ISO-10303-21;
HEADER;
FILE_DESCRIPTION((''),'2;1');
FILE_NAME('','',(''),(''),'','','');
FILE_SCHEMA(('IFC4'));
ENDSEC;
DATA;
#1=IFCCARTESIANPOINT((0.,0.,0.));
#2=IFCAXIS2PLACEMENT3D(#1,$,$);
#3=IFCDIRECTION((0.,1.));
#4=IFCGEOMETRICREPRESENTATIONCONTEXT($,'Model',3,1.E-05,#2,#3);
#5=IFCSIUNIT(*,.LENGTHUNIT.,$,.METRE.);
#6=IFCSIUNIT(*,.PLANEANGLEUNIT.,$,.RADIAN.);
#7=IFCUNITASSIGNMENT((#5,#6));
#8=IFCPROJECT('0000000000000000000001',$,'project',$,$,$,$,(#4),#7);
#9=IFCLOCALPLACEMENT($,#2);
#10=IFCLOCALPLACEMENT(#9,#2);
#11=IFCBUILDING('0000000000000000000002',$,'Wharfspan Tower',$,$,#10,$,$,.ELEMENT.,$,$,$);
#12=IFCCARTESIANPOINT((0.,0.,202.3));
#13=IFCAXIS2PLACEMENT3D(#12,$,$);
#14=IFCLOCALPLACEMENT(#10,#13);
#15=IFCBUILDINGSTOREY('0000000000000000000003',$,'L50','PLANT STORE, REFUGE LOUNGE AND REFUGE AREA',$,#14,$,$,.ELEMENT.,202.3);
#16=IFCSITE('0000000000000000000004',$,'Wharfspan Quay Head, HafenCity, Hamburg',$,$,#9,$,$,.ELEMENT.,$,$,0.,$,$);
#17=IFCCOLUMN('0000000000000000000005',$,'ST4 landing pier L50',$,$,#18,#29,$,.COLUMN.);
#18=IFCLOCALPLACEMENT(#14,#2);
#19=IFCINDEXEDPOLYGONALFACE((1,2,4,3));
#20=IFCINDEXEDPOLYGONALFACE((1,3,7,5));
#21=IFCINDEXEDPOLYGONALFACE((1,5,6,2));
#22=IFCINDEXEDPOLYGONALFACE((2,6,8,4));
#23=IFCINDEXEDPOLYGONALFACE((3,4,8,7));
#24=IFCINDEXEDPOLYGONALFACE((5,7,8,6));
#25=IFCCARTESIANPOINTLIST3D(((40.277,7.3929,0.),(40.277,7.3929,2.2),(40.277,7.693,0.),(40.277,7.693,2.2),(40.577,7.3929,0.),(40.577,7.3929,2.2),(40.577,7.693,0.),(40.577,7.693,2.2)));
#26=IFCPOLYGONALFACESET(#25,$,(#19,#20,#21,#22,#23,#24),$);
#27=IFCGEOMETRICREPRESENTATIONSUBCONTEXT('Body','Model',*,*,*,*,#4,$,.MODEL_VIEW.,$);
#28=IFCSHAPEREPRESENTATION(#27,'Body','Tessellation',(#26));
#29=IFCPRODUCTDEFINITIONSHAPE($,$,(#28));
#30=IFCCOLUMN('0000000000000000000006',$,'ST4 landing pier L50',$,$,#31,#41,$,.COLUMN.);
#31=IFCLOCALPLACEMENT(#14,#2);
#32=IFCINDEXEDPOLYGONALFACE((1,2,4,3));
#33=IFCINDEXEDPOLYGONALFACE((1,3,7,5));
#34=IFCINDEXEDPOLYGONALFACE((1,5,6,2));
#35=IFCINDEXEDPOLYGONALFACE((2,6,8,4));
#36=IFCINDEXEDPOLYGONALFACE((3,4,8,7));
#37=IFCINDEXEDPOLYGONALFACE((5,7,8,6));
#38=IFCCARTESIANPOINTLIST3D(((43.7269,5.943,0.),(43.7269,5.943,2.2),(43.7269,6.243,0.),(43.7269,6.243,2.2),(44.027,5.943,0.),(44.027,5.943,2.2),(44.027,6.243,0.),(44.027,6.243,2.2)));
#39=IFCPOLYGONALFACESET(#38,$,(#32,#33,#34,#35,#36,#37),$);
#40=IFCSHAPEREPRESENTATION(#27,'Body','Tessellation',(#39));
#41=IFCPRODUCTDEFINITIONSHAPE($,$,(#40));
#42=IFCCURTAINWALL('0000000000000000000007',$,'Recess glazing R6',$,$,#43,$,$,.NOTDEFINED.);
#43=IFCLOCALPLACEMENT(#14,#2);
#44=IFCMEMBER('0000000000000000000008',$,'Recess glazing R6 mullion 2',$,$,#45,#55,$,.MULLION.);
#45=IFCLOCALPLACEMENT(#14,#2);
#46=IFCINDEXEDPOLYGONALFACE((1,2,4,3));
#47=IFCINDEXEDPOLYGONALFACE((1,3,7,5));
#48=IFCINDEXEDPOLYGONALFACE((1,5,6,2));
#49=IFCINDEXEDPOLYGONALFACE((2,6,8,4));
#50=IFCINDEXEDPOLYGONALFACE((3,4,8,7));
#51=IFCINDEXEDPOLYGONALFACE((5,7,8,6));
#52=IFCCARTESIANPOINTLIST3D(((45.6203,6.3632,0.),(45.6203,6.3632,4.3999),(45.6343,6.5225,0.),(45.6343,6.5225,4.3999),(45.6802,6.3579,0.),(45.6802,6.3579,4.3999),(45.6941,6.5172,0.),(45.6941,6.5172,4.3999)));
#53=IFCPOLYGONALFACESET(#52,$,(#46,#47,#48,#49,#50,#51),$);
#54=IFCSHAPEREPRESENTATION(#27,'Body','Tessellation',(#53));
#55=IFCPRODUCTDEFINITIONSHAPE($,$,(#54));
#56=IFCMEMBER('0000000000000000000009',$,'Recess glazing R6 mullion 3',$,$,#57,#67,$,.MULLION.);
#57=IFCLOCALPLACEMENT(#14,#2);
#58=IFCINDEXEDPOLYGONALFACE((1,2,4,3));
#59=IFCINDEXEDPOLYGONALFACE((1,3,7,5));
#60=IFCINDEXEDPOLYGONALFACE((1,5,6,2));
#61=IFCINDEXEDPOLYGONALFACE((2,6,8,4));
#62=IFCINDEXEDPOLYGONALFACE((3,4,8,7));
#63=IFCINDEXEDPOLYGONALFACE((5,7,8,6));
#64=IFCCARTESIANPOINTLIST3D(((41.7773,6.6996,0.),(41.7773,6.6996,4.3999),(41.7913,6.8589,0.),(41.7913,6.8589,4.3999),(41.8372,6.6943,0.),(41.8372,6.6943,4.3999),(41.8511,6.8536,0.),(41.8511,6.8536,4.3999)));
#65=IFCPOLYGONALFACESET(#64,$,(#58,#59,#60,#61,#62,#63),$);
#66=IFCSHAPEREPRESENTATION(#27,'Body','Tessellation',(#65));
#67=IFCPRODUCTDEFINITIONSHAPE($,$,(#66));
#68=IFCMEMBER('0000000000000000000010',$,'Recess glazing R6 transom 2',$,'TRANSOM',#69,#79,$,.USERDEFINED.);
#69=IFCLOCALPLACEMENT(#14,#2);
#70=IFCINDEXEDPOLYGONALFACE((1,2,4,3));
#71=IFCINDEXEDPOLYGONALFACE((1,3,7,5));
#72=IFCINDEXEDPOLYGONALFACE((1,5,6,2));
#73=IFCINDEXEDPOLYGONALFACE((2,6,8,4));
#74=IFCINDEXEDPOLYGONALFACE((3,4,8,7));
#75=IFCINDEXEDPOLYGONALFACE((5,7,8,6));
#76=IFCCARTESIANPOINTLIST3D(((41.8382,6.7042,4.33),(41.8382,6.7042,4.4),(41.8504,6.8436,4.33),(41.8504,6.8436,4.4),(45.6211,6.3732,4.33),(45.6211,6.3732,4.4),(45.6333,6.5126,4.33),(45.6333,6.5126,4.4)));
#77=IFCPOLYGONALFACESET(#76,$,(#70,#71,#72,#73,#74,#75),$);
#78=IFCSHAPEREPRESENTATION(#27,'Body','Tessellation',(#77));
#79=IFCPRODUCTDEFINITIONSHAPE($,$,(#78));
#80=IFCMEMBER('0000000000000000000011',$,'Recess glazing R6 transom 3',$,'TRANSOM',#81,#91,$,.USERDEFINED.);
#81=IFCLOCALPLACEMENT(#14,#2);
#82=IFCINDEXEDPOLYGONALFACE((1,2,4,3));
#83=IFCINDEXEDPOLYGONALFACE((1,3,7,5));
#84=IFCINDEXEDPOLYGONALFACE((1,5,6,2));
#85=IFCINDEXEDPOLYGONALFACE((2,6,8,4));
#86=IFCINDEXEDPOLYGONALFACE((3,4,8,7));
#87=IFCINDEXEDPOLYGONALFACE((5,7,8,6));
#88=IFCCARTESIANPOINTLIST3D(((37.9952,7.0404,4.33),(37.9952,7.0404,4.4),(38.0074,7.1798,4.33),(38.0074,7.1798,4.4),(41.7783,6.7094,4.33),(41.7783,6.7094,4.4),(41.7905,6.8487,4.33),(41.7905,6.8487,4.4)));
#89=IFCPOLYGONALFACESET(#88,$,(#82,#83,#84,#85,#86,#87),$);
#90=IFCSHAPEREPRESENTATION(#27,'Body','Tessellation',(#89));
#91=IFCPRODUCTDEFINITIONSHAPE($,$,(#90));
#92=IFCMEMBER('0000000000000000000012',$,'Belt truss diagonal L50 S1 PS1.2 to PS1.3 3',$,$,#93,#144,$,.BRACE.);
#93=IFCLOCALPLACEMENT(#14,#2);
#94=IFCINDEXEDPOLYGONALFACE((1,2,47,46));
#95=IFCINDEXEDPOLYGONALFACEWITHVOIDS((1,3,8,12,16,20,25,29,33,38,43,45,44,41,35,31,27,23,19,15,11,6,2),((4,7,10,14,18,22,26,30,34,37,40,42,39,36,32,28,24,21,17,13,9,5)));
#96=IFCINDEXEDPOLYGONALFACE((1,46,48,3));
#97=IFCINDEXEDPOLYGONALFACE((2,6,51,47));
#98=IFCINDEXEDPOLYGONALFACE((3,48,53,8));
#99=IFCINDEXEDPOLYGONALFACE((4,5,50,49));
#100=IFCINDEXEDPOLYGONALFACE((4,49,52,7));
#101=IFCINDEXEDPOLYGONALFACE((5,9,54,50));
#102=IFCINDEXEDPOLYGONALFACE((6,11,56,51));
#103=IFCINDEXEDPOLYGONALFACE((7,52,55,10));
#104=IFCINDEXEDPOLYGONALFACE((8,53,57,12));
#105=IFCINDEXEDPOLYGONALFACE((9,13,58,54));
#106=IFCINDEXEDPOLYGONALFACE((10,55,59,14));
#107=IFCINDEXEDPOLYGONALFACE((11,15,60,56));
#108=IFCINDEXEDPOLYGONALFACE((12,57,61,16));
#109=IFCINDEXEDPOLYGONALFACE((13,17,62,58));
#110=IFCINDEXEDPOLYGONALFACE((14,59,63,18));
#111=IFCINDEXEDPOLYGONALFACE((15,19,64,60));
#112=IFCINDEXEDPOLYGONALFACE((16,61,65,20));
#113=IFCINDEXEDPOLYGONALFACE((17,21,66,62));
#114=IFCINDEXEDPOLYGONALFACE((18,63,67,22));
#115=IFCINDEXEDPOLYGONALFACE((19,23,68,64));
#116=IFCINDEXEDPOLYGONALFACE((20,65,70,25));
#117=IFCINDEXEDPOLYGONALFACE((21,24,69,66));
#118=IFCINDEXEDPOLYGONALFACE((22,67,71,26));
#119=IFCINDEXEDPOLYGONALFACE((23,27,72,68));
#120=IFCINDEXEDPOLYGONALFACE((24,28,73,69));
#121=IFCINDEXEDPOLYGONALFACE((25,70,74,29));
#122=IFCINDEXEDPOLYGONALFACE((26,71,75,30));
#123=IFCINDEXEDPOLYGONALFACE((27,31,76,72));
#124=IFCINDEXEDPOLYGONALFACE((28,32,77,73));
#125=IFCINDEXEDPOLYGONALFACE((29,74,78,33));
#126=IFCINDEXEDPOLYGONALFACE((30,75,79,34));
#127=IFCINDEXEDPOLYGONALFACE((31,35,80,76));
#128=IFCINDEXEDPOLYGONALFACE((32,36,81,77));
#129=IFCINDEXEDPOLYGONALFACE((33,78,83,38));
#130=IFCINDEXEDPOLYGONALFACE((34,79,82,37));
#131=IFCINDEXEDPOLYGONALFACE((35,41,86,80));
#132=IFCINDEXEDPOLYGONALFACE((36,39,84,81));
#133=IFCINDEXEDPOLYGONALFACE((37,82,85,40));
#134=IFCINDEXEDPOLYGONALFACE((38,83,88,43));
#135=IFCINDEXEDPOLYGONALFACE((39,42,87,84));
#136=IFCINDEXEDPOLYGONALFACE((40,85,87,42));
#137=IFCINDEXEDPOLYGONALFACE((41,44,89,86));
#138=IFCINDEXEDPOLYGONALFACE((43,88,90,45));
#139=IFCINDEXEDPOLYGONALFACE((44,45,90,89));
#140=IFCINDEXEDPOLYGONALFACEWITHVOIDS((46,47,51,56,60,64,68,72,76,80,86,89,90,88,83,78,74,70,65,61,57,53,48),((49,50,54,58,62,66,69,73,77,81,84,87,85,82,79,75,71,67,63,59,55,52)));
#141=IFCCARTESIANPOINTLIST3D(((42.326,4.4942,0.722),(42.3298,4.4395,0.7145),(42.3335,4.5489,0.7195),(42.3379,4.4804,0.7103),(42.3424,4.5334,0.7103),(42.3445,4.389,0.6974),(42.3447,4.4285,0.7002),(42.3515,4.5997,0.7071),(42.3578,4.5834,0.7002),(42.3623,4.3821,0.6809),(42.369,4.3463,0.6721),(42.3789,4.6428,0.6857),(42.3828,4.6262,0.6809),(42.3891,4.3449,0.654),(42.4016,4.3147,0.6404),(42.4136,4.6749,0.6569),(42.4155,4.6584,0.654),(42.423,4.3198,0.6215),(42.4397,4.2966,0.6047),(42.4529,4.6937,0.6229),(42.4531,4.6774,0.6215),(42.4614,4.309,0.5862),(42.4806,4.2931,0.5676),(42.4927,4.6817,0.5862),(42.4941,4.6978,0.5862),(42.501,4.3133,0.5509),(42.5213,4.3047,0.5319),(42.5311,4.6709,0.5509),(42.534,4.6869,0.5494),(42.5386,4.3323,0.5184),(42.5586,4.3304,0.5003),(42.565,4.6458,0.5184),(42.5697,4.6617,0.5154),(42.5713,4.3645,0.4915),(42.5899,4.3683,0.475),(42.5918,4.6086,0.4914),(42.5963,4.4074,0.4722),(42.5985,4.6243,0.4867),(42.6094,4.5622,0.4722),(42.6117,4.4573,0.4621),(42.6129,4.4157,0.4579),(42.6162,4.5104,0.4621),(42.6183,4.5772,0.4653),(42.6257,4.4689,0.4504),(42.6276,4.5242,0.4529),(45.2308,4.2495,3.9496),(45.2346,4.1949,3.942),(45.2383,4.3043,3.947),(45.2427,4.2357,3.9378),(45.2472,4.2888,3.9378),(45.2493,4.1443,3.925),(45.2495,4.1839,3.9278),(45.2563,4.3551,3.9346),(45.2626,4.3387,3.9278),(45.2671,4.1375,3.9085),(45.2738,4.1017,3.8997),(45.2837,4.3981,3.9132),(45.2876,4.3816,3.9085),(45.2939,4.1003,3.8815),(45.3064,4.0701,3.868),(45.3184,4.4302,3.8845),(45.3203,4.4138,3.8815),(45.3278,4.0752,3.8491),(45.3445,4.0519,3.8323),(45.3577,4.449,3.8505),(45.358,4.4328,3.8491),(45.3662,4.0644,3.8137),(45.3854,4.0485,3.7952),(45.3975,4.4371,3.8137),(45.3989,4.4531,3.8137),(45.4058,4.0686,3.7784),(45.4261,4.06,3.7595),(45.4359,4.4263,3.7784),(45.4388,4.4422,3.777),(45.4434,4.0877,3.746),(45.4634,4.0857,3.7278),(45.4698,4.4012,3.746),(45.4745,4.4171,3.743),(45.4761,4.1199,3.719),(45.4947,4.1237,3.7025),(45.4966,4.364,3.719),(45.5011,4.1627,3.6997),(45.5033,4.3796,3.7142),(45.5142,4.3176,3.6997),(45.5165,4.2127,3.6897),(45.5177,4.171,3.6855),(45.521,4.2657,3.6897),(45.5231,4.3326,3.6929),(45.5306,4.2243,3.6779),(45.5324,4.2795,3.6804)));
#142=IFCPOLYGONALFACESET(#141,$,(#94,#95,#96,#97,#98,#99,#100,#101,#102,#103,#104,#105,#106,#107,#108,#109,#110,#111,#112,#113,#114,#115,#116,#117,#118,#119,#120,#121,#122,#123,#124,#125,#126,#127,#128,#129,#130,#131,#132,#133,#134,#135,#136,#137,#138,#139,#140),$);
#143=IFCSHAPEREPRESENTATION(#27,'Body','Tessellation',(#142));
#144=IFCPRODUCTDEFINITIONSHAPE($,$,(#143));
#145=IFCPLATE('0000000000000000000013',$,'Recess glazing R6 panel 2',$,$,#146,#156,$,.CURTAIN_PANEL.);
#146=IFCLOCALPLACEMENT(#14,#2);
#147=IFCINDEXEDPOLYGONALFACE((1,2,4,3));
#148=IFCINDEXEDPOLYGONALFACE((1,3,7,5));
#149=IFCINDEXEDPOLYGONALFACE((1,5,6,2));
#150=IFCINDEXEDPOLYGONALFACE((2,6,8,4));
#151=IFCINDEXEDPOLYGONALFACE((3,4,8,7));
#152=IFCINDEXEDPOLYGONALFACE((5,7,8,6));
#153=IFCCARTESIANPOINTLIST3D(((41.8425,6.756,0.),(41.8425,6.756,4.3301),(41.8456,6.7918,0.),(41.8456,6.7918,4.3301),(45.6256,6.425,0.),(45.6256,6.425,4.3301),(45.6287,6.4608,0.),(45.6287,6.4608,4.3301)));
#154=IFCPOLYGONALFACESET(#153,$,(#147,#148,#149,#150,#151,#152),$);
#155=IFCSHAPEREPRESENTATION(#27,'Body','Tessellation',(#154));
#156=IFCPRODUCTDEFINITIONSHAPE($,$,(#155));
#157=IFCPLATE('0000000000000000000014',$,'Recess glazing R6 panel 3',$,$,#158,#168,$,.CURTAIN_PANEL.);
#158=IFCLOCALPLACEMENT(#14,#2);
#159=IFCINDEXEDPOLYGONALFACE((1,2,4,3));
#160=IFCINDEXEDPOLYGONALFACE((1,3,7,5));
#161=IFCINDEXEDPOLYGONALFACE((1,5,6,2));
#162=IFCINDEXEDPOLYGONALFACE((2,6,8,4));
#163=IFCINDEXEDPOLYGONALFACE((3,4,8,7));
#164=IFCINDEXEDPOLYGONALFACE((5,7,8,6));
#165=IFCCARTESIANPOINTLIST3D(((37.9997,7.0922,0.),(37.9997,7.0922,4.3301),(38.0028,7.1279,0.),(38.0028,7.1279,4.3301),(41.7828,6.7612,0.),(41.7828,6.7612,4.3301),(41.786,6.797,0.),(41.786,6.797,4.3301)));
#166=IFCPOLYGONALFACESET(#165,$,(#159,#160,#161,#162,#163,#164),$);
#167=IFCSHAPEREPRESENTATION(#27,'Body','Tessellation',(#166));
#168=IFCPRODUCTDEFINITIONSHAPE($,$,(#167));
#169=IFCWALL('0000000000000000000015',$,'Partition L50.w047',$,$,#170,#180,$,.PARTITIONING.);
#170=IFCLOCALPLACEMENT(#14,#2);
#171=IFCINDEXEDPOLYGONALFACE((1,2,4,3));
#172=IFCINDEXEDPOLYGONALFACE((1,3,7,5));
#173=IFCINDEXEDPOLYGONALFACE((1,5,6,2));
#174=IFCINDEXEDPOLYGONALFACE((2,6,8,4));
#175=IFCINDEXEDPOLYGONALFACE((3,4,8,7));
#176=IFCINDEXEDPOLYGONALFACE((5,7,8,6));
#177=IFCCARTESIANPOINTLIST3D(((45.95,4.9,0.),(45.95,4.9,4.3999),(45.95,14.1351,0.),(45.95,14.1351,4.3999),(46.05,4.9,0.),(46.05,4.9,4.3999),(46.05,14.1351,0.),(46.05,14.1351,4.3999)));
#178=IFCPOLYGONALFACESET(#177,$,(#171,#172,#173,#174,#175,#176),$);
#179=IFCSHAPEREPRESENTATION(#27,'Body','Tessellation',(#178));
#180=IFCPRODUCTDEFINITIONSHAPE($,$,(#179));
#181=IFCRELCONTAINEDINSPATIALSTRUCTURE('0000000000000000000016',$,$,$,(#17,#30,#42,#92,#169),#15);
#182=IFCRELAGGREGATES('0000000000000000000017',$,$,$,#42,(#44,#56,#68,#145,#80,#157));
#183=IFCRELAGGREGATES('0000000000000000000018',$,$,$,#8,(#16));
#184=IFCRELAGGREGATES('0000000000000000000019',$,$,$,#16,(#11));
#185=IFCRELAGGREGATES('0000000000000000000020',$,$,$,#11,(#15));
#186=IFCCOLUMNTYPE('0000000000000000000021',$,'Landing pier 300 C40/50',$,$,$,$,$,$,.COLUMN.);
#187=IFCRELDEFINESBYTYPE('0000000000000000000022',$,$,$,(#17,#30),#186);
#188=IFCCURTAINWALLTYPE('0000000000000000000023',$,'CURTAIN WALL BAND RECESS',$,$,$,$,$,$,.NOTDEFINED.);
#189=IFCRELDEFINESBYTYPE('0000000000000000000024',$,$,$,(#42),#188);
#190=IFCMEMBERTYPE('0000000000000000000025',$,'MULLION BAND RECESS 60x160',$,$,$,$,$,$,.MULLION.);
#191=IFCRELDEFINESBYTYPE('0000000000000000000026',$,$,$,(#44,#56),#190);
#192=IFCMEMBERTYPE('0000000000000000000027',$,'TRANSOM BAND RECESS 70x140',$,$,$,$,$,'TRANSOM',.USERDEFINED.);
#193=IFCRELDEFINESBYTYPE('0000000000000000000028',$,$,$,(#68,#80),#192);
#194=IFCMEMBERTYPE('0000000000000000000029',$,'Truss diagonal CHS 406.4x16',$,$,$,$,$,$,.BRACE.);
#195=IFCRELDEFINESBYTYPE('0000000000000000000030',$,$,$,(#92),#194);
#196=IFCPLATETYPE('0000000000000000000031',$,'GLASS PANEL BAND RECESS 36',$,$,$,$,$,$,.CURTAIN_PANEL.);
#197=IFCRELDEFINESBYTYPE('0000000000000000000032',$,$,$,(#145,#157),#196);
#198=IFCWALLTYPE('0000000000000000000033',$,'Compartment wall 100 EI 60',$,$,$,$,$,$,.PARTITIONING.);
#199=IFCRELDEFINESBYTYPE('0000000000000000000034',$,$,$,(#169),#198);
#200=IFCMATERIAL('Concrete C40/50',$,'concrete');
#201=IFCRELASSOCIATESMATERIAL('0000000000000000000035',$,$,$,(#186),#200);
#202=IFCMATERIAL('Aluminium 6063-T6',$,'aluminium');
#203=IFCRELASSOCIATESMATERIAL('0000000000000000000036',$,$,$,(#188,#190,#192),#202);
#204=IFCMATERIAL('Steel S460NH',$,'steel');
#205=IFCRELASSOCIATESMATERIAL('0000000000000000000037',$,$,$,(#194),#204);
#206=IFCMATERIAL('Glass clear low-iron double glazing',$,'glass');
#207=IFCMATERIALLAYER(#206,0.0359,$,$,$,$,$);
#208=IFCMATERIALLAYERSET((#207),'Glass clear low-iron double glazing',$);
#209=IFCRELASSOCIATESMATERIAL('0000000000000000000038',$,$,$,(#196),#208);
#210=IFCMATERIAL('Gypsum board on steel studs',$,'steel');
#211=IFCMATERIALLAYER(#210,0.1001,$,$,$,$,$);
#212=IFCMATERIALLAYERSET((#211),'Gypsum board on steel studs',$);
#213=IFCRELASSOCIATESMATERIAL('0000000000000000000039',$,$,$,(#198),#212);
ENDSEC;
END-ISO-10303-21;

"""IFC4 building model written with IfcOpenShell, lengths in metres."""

from ifc_helpers import new_model, si_unit, direction, frame, frame_2d, origin, origin_2d, place, context, subcontext, project, spatial, rectangle, hollow_circle, extrude, material, layer, layer_set, material_profile, profile_set, type_object, element, aggregate, save


model = new_model("IFC4")

# Units and contexts
model_context = context("Model", 3, precision=1e-05, world=origin(), true_north=direction((0.0, 1.0)))
body_context = subcontext(model_context, "Body", "Model", "MODEL_VIEW")
ifc_project = project(units=[si_unit("LENGTHUNIT", "METRE"), si_unit("PLANEANGLEUNIT", "RADIAN")], contexts=[model_context])

# Site, building, storey
site_placement = place(None, origin())
site = spatial("IfcSite", under=ifc_project, at=site_placement, Name="Wharfspan Quay Head, HafenCity, Hamburg", CompositionType="ELEMENT", RefElevation=0.0)
building_placement = place(site_placement, origin())
building = spatial("IfcBuilding", under=site, at=building_placement, Name="Wharfspan Tower", CompositionType="ELEMENT")
storey_placement = place(building_placement, frame((0.0, 0.0, 202.3)))
storey = spatial("IfcBuildingStorey", under=building, at=storey_placement, Name="L50", Description="PLANT STORE, REFUGE LOUNGE AND REFUGE AREA", CompositionType="ELEMENT", Elevation=202.3)

# Columns
ifc_material_1 = material(Name="Concrete C40/50", Category="concrete")
ifc_material_profile_1 = material_profile(ifc_material_1, rectangle(XDim=0.3, YDim=0.3, at=origin_2d()))
ifc_profile_set_1 = profile_set([ifc_material_profile_1], Name="Concrete C40/50")
column_type = type_object("IfcColumnType", Name="Landing pier 300 C40/50", PredefinedType="COLUMN", material=ifc_profile_set_1)
for number, where, z_axis, x_axis, name in (
    (1, (40.427, 7.543, 0.0), (0.0, 0.0, 1.0), (1.0, 0.0, 0.0), "ST4 landing pier L50"),
    (2, (43.877, 6.093, 0.0), (0.0, 0.0, 1.0), (1.0, 0.0, 0.0), "ST4 landing pier L50"),
):
    element("IfcColumn", number, at=place(storey_placement, frame(where, z_axis=z_axis, x_axis=x_axis)), inside=storey, type_object=column_type, Name=name, PredefinedType="COLUMN", context=body_context, shape_type="SweptSolid", body=[
        extrude(rectangle(XDim=0.3, YDim=0.3, at=origin_2d()), origin(), (0.0, 0.0, 1.0), 2.2),
    ])

# Curtain wall, members
ifc_material_2 = material(Name="Aluminium 6063-T6", Category="aluminium")
curtain_wall_type = type_object("IfcCurtainWallType", Name="CURTAIN WALL BAND RECESS", PredefinedType="NOTDEFINED", material=ifc_material_2)
curtain_wall_placement = place(storey_placement, origin())
curtain_wall = element("IfcCurtainWall", 3, at=curtain_wall_placement, inside=storey, type_object=curtain_wall_type, Name="Recess glazing R6", PredefinedType="NOTDEFINED")
ifc_material_profile_2 = material_profile(ifc_material_2, rectangle(XDim=0.1599, YDim=0.0601, at=origin_2d()))
ifc_profile_set_2 = profile_set([ifc_material_profile_2], Name="Aluminium 6063-T6")
member_type_1 = type_object("IfcMemberType", Name="MULLION BAND RECESS 60x160", PredefinedType="MULLION", material=ifc_profile_set_2)
member_1_placement = place(storey_placement, frame((45.6572, 6.4402, 0.0), z_axis=(0.0, 0.0, 1.0), x_axis=(-0.087156, -0.996198, 0.0)))
member_1 = element("IfcMember", 4, at=member_1_placement, type_object=member_type_1, Name="Recess glazing R6 mullion 2", PredefinedType="MULLION", context=body_context, shape_type="SweptSolid", body=[
    extrude(rectangle(XDim=0.1599, YDim=0.0601, at=origin_2d()), origin(), (0.0, 0.0, 1.0), 4.3999),
])
member_2_placement = place(storey_placement, frame((41.8142, 6.7766, 0.0), z_axis=(0.0, 0.0, 1.0), x_axis=(-0.087156, -0.996198, 0.0)))
member_2 = element("IfcMember", 5, at=member_2_placement, type_object=member_type_1, Name="Recess glazing R6 mullion 3", PredefinedType="MULLION", context=body_context, shape_type="SweptSolid", body=[
    extrude(rectangle(XDim=0.1599, YDim=0.0601, at=origin_2d()), origin(), (0.0, 0.0, 1.0), 4.3999),
])
ifc_material_profile_3 = material_profile(ifc_material_2, rectangle(XDim=0.1399, YDim=0.0701, at=origin_2d()))
ifc_profile_set_3 = profile_set([ifc_material_profile_3], Name="Aluminium 6063-T6")
member_type_2 = type_object("IfcMemberType", Name="TRANSOM BAND RECESS 70x140", ElementType="TRANSOM", PredefinedType="USERDEFINED", material=ifc_profile_set_3)
member_3_placement = place(storey_placement, frame((45.6272, 6.4429, 4.365), z_axis=(-0.996193, 0.087179, 0.0), x_axis=(-0.087179, -0.996193, 0.0)))
member_3 = element("IfcMember", 6, at=member_3_placement, type_object=member_type_2, Name="Recess glazing R6 transom 2", ObjectType="TRANSOM", PredefinedType="USERDEFINED", context=body_context, shape_type="SweptSolid", body=[
    extrude(rectangle(XDim=0.1399, YDim=0.0701, at=origin_2d()), origin(), (0.0, 0.0, 1.0), 3.7974),
])
member_4_placement = place(storey_placement, frame((41.7844, 6.7791, 4.365), z_axis=(-0.996193, 0.087173, 0.0), x_axis=(-0.087173, -0.996193, 0.0)))
member_4 = element("IfcMember", 7, at=member_4_placement, type_object=member_type_2, Name="Recess glazing R6 transom 3", ObjectType="TRANSOM", PredefinedType="USERDEFINED", context=body_context, shape_type="SweptSolid", body=[
    extrude(rectangle(XDim=0.1399, YDim=0.0701, at=origin_2d()), origin(), (0.0, 0.0, 1.0), 3.7976),
])

# Member
ifc_material_3 = material(Name="Steel S460NH", Category="steel")
ifc_material_profile_4 = material_profile(ifc_material_3, hollow_circle(Radius=0.2031, WallThickness=0.0161, at=origin_2d()))
ifc_profile_set_4 = profile_set([ifc_material_profile_4], Name="Steel S460NH")
member_type_3 = type_object("IfcMemberType", Name="Truss diagonal CHS 406.4x16", PredefinedType="BRACE", material=ifc_profile_set_4)
member_5_placement = place(storey_placement, frame((42.4771, 4.4954, 0.5862), z_axis=(0.667906, -0.056248, 0.742117), x_axis=(0.083922, 0.996476, -0.000003)))
element("IfcMember", 8, at=member_5_placement, inside=storey, type_object=member_type_3, Name="Belt truss diagonal L50 S1 PS1.2 to PS1.3 3", PredefinedType="BRACE", context=body_context, shape_type="SweptSolid", body=[
    extrude(hollow_circle(Radius=0.2031, WallThickness=0.0161, at=origin_2d()), origin(), (0.0, 0.0, 1.0), 4.3491),
])

# Plates
ifc_material_4 = material(Name="Glass clear low-iron double glazing", Category="glass")
ifc_layer_1 = layer(ifc_material_4, 0.0359)
ifc_layer_set_1 = layer_set([ifc_layer_1], Name="Glass clear low-iron double glazing")
plate_type = type_object("IfcPlateType", Name="GLASS PANEL BAND RECESS 36", PredefinedType="CURTAIN_PANEL", material=ifc_layer_set_1)
plate_1_placement = place(storey_placement, frame((43.7356, 6.6084, 0.0), z_axis=(0.0, 0.0, 1.0), x_axis=(-0.996198, 0.087156, 0.0)))
plate_1 = element("IfcPlate", 9, at=plate_1_placement, type_object=plate_type, Name="Recess glazing R6 panel 2", PredefinedType="CURTAIN_PANEL", context=body_context, shape_type="SweptSolid", body=[
    extrude(rectangle(XDim=3.7976, YDim=0.0359, at=origin_2d()), origin(), (0.0, 0.0, 1.0), 4.3301),
])
plate_2_placement = place(storey_placement, frame((39.8928, 6.9446, 0.0), z_axis=(0.0, 0.0, 1.0), x_axis=(-0.996198, 0.087156, 0.0)))
plate_2 = element("IfcPlate", 10, at=plate_2_placement, type_object=plate_type, Name="Recess glazing R6 panel 3", PredefinedType="CURTAIN_PANEL", context=body_context, shape_type="SweptSolid", body=[
    extrude(rectangle(XDim=3.7976, YDim=0.0359, at=origin_2d()), origin(), (0.0, 0.0, 1.0), 4.3301),
])
aggregate(curtain_wall, [member_1, member_2, member_3, plate_1, member_4, plate_2])

# Wall
ifc_material_5 = material(Name="Gypsum board on steel studs", Category="steel")
ifc_layer_2 = layer(ifc_material_5, 0.1001)
ifc_layer_set_2 = layer_set([ifc_layer_2], Name="Gypsum board on steel studs")
wall_type_1 = type_object("IfcWallType", Name="Compartment wall 100 EI 60", PredefinedType="PARTITIONING", material=ifc_layer_set_2)
wall_1_placement = place(storey_placement, frame((46.0, 4.8999, 0.0), z_axis=(0.0, 0.0, 1.0), x_axis=(0.0, 1.0, 0.0)))
element("IfcWall", 11, at=wall_1_placement, inside=storey, type_object=wall_type_1, Name="Partition L50.w047", PredefinedType="PARTITIONING", context=body_context, shape_type="SweptSolid", body=[
    extrude(rectangle(XDim=9.2351, YDim=0.1001, at=frame_2d((4.6177, 0.0))), origin(), (0.0, 0.0, 1.0), 4.3999),
])

save(model, "model.ifc")
